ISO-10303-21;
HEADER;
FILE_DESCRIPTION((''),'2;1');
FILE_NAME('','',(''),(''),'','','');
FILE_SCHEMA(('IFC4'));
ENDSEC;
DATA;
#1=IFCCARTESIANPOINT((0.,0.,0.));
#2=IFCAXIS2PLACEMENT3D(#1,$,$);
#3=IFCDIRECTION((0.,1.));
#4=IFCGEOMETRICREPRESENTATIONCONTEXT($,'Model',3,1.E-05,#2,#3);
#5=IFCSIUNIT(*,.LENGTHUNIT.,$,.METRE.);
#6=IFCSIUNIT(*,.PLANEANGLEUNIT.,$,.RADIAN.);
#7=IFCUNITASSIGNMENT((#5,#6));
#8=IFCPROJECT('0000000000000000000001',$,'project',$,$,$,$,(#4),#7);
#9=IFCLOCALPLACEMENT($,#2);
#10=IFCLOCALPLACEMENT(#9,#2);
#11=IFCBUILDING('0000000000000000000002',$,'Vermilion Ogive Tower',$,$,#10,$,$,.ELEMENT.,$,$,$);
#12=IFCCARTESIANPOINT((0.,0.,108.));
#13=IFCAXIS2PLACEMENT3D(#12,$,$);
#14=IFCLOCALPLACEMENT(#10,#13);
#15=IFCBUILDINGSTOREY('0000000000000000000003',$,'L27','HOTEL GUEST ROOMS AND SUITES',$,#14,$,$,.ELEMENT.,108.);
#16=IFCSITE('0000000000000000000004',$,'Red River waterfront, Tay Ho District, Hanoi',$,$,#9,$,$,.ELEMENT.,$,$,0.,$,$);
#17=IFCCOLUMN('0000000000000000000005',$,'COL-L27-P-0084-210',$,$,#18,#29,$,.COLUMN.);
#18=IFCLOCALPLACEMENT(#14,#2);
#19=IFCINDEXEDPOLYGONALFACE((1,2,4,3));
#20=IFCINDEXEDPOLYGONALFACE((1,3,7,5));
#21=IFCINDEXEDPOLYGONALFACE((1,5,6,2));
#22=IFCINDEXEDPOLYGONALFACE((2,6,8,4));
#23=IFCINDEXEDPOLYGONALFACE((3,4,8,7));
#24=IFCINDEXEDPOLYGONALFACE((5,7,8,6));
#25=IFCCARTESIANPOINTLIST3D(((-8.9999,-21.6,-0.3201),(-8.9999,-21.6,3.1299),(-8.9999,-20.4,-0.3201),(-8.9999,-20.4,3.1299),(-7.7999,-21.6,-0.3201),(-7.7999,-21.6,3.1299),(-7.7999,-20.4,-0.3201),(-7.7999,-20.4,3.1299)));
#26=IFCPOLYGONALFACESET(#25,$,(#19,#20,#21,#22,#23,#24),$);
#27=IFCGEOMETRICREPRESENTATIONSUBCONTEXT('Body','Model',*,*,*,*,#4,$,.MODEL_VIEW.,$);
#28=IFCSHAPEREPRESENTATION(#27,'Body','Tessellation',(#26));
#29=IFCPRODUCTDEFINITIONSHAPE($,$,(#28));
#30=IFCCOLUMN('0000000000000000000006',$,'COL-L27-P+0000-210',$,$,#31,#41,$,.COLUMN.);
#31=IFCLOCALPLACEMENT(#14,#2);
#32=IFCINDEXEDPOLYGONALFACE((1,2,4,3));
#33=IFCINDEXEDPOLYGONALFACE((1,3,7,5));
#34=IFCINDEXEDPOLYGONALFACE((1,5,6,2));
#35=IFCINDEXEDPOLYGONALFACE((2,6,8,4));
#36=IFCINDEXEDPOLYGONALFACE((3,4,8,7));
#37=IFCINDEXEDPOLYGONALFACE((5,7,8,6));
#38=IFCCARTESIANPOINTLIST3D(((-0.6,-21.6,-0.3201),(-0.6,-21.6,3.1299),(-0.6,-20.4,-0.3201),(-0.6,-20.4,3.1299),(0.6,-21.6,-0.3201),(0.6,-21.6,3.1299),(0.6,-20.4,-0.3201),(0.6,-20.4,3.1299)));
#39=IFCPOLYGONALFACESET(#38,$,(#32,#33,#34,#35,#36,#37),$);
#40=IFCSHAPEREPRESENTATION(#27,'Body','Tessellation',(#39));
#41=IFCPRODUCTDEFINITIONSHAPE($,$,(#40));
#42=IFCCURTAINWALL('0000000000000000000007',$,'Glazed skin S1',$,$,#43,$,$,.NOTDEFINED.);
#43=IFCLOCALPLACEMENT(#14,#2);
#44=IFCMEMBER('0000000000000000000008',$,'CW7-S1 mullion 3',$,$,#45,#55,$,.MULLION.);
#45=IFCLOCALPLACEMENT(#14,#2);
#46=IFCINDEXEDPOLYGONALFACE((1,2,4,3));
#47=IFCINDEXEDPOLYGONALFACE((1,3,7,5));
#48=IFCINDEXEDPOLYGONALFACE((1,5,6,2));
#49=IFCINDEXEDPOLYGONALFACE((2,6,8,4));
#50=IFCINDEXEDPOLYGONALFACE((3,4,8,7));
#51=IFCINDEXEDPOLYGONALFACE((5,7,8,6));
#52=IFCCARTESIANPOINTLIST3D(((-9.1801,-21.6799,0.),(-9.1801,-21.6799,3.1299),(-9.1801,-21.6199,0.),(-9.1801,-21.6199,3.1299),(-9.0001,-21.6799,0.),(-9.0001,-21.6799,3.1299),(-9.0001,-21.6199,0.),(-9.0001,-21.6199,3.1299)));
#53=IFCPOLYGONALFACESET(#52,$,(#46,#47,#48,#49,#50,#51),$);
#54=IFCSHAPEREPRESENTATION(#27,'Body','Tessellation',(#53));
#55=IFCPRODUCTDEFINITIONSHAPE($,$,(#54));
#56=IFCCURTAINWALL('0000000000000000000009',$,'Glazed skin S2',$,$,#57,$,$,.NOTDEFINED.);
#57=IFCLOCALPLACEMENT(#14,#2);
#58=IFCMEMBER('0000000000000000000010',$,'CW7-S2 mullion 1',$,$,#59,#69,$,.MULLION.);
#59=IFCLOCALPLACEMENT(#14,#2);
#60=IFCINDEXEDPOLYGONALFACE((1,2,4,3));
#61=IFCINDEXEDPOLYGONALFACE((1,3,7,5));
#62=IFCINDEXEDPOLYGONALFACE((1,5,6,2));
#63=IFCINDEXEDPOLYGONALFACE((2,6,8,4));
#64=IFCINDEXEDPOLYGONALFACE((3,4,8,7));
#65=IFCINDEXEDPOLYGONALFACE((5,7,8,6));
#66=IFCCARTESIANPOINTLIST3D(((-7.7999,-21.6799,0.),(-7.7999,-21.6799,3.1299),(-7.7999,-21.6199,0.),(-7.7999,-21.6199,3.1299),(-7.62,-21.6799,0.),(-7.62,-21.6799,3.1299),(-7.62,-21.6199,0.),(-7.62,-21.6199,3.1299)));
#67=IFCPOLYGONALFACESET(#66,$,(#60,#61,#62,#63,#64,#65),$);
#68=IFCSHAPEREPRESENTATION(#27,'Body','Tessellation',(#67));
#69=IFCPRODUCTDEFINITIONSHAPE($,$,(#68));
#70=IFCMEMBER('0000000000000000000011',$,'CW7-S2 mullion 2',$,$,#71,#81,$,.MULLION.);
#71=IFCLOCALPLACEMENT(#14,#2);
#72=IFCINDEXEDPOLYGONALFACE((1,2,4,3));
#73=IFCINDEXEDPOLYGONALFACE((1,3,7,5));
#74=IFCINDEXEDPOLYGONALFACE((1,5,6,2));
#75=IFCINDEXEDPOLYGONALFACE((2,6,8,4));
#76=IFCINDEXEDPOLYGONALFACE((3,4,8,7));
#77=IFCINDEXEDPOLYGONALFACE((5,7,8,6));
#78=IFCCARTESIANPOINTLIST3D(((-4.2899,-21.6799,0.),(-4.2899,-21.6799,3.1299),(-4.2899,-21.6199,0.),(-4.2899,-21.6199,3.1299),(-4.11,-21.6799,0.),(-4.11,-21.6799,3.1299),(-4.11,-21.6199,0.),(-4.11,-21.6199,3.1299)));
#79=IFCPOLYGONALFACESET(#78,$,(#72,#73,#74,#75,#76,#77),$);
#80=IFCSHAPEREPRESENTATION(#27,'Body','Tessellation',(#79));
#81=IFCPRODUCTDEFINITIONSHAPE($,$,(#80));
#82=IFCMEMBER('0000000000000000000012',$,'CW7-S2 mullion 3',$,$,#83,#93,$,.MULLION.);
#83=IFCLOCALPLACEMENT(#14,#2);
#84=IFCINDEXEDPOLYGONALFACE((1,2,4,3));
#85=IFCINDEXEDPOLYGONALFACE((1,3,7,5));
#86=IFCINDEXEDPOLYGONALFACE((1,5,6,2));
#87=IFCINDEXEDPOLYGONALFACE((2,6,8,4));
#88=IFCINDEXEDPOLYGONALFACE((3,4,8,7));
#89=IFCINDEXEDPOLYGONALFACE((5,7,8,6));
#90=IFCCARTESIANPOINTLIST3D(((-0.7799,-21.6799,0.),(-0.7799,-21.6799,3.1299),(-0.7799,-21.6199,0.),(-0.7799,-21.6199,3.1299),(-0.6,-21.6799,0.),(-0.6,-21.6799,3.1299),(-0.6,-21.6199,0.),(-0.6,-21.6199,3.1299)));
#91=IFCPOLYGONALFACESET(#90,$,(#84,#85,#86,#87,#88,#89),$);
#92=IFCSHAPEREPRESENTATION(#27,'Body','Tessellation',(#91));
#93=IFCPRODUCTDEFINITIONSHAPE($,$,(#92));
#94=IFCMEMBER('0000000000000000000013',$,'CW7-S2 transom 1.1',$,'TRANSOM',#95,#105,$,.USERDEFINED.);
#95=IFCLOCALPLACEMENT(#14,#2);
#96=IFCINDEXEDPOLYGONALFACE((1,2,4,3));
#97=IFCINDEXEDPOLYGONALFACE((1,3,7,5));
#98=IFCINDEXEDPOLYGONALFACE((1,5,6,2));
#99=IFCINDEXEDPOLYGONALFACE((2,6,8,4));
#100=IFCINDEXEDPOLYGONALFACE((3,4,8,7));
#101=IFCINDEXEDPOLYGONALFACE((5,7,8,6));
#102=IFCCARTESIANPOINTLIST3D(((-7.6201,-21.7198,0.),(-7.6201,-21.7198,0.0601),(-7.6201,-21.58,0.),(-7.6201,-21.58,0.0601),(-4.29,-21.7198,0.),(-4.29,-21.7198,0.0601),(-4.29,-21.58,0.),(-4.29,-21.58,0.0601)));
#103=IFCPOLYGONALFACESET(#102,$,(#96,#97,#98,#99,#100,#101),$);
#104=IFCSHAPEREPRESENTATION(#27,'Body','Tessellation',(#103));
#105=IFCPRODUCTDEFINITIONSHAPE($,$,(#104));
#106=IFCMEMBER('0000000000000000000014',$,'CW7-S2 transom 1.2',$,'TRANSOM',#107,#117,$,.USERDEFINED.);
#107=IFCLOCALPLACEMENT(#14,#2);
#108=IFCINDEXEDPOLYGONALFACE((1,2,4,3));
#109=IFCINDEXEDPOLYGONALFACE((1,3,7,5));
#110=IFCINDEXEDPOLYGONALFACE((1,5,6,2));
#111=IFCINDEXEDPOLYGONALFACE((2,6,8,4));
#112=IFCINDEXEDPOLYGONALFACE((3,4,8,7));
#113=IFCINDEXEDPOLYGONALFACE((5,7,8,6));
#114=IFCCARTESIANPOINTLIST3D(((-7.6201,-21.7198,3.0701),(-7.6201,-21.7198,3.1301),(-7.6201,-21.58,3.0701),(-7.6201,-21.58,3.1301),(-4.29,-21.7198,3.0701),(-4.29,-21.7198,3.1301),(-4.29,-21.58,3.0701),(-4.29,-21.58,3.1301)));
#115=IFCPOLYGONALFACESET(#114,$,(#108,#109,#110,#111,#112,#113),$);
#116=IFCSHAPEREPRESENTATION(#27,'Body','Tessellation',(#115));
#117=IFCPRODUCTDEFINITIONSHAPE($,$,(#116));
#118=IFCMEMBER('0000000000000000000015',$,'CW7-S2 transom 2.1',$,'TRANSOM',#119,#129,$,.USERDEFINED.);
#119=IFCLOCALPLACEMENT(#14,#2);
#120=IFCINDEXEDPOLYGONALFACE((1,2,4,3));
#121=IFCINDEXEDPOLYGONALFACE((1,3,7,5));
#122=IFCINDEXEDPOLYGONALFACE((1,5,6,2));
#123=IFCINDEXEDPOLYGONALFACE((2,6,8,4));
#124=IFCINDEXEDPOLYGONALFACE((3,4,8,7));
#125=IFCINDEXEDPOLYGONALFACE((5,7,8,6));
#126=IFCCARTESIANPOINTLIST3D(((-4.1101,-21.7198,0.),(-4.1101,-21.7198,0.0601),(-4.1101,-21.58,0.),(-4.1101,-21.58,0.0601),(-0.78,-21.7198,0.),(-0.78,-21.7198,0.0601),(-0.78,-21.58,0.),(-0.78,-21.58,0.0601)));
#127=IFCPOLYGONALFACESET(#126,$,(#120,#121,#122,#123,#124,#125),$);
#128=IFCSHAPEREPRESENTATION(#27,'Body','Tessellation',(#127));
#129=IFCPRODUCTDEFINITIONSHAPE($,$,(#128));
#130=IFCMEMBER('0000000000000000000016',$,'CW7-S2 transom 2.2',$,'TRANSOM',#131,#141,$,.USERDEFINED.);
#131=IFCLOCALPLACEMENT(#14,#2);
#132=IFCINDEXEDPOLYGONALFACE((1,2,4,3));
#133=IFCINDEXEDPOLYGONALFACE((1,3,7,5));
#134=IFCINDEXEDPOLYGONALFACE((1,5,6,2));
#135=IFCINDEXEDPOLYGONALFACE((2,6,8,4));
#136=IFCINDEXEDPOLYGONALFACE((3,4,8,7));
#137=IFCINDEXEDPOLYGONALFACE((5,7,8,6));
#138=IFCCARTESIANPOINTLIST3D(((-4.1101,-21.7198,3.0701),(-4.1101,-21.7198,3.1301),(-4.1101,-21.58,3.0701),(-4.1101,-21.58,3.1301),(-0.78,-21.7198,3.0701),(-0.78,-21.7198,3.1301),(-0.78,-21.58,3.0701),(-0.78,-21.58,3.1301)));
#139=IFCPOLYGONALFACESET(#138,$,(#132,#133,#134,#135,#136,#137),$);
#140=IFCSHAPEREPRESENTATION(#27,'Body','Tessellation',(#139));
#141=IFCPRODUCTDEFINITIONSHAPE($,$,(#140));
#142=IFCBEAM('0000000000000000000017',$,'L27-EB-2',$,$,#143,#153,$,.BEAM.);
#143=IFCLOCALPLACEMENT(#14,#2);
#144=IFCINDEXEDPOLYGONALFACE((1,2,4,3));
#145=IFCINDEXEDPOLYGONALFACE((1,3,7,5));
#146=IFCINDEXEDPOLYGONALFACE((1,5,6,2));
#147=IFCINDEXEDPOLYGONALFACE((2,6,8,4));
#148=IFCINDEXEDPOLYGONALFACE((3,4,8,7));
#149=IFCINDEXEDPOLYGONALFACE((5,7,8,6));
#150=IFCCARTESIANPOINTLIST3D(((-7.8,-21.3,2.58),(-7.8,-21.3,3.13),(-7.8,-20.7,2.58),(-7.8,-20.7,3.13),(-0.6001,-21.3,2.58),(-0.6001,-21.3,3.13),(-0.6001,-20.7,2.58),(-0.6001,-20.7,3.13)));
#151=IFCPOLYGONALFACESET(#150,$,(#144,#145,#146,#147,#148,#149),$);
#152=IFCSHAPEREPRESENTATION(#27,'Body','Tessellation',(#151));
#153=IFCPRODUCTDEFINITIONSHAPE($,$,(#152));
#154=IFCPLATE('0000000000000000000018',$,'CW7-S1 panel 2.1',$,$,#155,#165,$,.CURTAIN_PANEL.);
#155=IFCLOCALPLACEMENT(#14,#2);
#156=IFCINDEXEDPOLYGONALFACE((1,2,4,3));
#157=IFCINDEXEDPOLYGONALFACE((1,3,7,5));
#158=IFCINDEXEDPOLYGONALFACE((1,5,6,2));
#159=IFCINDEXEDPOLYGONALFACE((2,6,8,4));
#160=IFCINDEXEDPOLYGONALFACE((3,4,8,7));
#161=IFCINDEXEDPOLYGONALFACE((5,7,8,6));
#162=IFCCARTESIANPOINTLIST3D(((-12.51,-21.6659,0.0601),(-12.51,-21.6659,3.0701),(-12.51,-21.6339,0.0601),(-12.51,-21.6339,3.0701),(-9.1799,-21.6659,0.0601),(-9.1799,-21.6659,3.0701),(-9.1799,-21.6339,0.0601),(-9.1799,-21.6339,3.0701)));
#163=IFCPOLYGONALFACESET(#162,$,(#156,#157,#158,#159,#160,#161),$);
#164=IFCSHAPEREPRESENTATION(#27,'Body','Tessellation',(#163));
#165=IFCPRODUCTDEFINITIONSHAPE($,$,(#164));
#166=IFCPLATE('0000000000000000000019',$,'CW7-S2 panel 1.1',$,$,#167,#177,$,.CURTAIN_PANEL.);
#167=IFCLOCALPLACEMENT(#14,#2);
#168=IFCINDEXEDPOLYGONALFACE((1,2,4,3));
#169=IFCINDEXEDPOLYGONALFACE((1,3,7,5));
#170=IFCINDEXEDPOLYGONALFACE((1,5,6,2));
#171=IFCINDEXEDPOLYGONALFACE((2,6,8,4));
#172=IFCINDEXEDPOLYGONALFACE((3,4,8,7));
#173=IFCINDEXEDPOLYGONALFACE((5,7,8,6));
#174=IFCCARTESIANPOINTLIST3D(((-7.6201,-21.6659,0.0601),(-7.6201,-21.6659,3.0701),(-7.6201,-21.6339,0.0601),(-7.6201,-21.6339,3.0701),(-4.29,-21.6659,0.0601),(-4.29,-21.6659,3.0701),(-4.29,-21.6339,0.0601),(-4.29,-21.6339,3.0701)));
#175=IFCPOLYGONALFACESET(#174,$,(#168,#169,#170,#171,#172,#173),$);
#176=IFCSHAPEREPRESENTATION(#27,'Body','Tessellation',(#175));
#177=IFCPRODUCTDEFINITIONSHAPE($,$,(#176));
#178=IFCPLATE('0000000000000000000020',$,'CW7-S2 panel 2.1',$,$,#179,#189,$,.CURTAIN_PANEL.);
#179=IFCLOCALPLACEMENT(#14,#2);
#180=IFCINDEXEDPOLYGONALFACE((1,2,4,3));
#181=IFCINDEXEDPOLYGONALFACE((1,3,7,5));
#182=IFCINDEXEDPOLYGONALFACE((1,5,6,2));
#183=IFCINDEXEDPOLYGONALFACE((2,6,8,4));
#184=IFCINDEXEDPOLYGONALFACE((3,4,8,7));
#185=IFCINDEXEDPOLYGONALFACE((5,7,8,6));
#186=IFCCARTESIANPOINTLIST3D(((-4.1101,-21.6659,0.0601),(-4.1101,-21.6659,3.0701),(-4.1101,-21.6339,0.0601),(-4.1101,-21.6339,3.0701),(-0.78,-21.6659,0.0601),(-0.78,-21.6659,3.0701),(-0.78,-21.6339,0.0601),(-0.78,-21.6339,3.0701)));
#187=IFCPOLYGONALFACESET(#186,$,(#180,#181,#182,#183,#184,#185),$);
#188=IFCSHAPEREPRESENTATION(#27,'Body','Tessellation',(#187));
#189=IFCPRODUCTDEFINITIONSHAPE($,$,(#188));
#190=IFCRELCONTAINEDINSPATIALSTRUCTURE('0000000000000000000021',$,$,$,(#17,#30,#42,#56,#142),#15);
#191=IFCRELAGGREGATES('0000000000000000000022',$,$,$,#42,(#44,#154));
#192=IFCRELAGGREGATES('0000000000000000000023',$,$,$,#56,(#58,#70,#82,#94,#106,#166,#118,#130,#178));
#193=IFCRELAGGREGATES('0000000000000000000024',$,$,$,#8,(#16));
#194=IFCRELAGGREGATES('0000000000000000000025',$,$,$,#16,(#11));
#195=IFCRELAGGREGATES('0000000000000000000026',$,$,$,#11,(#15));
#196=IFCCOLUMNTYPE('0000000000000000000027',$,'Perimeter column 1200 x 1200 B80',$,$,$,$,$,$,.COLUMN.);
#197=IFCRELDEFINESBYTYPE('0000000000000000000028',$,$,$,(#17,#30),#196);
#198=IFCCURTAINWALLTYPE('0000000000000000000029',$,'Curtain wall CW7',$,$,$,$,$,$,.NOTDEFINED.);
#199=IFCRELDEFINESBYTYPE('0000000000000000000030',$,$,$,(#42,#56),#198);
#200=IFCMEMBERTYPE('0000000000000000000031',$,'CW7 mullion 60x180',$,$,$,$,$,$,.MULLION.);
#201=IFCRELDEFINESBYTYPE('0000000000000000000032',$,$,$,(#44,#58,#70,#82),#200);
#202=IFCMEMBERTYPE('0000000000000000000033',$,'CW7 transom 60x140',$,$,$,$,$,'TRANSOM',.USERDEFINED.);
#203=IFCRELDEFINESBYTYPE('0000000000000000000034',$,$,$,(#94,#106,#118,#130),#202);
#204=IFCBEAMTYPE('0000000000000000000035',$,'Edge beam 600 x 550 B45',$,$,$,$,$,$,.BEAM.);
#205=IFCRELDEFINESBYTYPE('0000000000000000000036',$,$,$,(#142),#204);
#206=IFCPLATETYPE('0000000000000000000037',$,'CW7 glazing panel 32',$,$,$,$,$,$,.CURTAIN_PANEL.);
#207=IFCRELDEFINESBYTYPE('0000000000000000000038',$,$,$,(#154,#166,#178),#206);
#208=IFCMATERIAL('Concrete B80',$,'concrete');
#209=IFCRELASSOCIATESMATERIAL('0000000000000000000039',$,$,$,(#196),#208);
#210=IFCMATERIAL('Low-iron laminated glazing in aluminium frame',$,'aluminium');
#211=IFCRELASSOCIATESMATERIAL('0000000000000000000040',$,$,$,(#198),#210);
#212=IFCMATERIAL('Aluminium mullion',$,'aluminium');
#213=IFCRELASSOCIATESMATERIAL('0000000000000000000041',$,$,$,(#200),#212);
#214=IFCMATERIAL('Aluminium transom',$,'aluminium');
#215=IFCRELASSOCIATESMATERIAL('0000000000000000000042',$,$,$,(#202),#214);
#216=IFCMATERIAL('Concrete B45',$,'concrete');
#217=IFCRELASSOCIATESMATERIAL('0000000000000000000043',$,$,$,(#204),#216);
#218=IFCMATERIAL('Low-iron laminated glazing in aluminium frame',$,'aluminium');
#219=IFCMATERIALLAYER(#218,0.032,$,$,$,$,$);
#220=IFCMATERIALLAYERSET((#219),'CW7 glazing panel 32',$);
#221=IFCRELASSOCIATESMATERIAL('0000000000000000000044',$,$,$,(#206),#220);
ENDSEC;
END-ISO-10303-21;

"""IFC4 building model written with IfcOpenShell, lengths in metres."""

from ifc_helpers import new_model, si_unit, direction, frame, origin, origin_2d, place, context, subcontext, project, spatial, rectangle, extrude, material, layer, layer_set, material_profile, profile_set, type_object, element, aggregate, save


model = new_model("IFC4")

# Units and contexts
model_context = context("Model", 3, precision=1e-05, world=origin(), true_north=direction((0.0, 1.0)))
body_context = subcontext(model_context, "Body", "Model", "MODEL_VIEW")
ifc_project = project(units=[si_unit("LENGTHUNIT", "METRE"), si_unit("PLANEANGLEUNIT", "RADIAN")], contexts=[model_context])

# Site, building, storey
site_placement = place(None, origin())
site = spatial("IfcSite", under=ifc_project, at=site_placement, Name="Red River waterfront, Tay Ho District, Hanoi", CompositionType="ELEMENT", RefElevation=0.0)
building_placement = place(site_placement, origin())
building = spatial("IfcBuilding", under=site, at=building_placement, Name="Vermilion Ogive Tower", CompositionType="ELEMENT")
storey_placement = place(building_placement, frame((0.0, 0.0, 108.0)))
storey = spatial("IfcBuildingStorey", under=building, at=storey_placement, Name="L27", Description="HOTEL GUEST ROOMS AND SUITES", CompositionType="ELEMENT", Elevation=108.0)

# Columns
ifc_material_1 = material(Name="Concrete B80", Category="concrete")
ifc_material_profile_1 = material_profile(ifc_material_1, rectangle(XDim=1.2, YDim=1.2, at=origin_2d()), Name="1200 x 1200")
ifc_profile_set_1 = profile_set([ifc_material_profile_1], Name="Concrete B80")
column_type = type_object("IfcColumnType", Name="Perimeter column 1200 x 1200 B80", PredefinedType="COLUMN", material=ifc_profile_set_1)
for number, where, z_axis, x_axis, name in (
    (1, (-8.3999, -21.0, -0.3201), (0.0, 0.0, 1.0), (1.0, 0.0, 0.0), "COL-L27-P-0084-210"),
    (2, (0.0, -21.0, -0.3201), (0.0, 0.0, 1.0), (1.0, 0.0, 0.0), "COL-L27-P+0000-210"),
):
    element("IfcColumn", number, at=place(storey_placement, frame(where, z_axis=z_axis, x_axis=x_axis)), inside=storey, type_object=column_type, Name=name, PredefinedType="COLUMN", context=body_context, shape_type="SweptSolid", body=[
        extrude(rectangle(XDim=1.2, YDim=1.2, at=origin_2d()), origin(), (0.0, 0.0, 1.0), 3.45),
    ])

# Curtain wall, member
ifc_material_2 = material(Name="Low-iron laminated glazing in aluminium frame", Category="aluminium")
curtain_wall_type = type_object("IfcCurtainWallType", Name="Curtain wall CW7", PredefinedType="NOTDEFINED", material=ifc_material_2)
curtain_wall_1_placement = place(storey_placement, origin())
curtain_wall_1 = element("IfcCurtainWall", 3, at=curtain_wall_1_placement, inside=storey, type_object=curtain_wall_type, Name="Glazed skin S1", PredefinedType="NOTDEFINED")
ifc_material_3 = material(Name="Aluminium mullion", Category="aluminium")
ifc_material_profile_2 = material_profile(ifc_material_3, rectangle(XDim=0.0601, YDim=0.1799, at=origin_2d()), Name="AL 60x180")
ifc_profile_set_2 = profile_set([ifc_material_profile_2], Name="Aluminium mullion")
member_type_1 = type_object("IfcMemberType", Name="CW7 mullion 60x180", PredefinedType="MULLION", material=ifc_profile_set_2)
member_1_placement = place(storey_placement, frame((-9.0901, -21.6499, 0.0), z_axis=(0.0, 0.0, 1.0), x_axis=(0.0, 1.0, 0.0)))
member_1 = element("IfcMember", 4, at=member_1_placement, type_object=member_type_1, Name="CW7-S1 mullion 3", PredefinedType="MULLION", context=body_context, shape_type="SweptSolid", body=[
    extrude(rectangle(XDim=0.0601, YDim=0.1799, at=origin_2d()), origin(), (0.0, 0.0, 1.0), 3.1299),
])

# Curtain wall, members
curtain_wall_2_placement = place(storey_placement, origin())
curtain_wall_2 = element("IfcCurtainWall", 5, at=curtain_wall_2_placement, inside=storey, type_object=curtain_wall_type, Name="Glazed skin S2", PredefinedType="NOTDEFINED")
member_2_placement = place(storey_placement, frame((-7.71, -21.6499, 0.0), z_axis=(0.0, 0.0, 1.0), x_axis=(0.0, 1.0, 0.0)))
member_2 = element("IfcMember", 6, at=member_2_placement, type_object=member_type_1, Name="CW7-S2 mullion 1", PredefinedType="MULLION", context=body_context, shape_type="SweptSolid", body=[
    extrude(rectangle(XDim=0.0601, YDim=0.1799, at=origin_2d()), origin(), (0.0, 0.0, 1.0), 3.1299),
])
member_3_placement = place(storey_placement, frame((-4.2, -21.6499, 0.0), z_axis=(0.0, 0.0, 1.0), x_axis=(0.0, 1.0, 0.0)))
member_3 = element("IfcMember", 7, at=member_3_placement, type_object=member_type_1, Name="CW7-S2 mullion 2", PredefinedType="MULLION", context=body_context, shape_type="SweptSolid", body=[
    extrude(rectangle(XDim=0.0601, YDim=0.1799, at=origin_2d()), origin(), (0.0, 0.0, 1.0), 3.1299),
])
member_4_placement = place(storey_placement, frame((-0.6899, -21.6499, 0.0), z_axis=(0.0, 0.0, 1.0), x_axis=(0.0, 1.0, 0.0)))
member_4 = element("IfcMember", 8, at=member_4_placement, type_object=member_type_1, Name="CW7-S2 mullion 3", PredefinedType="MULLION", context=body_context, shape_type="SweptSolid", body=[
    extrude(rectangle(XDim=0.0601, YDim=0.1799, at=origin_2d()), origin(), (0.0, 0.0, 1.0), 3.1299),
])
ifc_material_4 = material(Name="Aluminium transom", Category="aluminium")
ifc_material_profile_3 = material_profile(ifc_material_4, rectangle(XDim=0.1399, YDim=0.0601, at=origin_2d()), Name="AL 60x140")
ifc_profile_set_3 = profile_set([ifc_material_profile_3], Name="Aluminium transom")
member_type_2 = type_object("IfcMemberType", Name="CW7 transom 60x140", ElementType="TRANSOM", PredefinedType="USERDEFINED", material=ifc_profile_set_3)
member_5_placement = place(storey_placement, frame((-7.6201, -21.6499, 0.03), z_axis=(1.0, 0.0, 0.0), x_axis=(0.0, 1.0, 0.0)))
member_5 = element("IfcMember", 9, at=member_5_placement, type_object=member_type_2, Name="CW7-S2 transom 1.1", ObjectType="TRANSOM", PredefinedType="USERDEFINED", context=body_context, shape_type="SweptSolid", body=[
    extrude(rectangle(XDim=0.1399, YDim=0.0601, at=origin_2d()), origin(), (0.0, 0.0, 1.0), 3.3301),
])
member_6_placement = place(storey_placement, frame((-7.6201, -21.6499, 3.1001), z_axis=(1.0, 0.0, 0.0), x_axis=(0.0, 1.0, 0.0)))
member_6 = element("IfcMember", 10, at=member_6_placement, type_object=member_type_2, Name="CW7-S2 transom 1.2", ObjectType="TRANSOM", PredefinedType="USERDEFINED", context=body_context, shape_type="SweptSolid", body=[
    extrude(rectangle(XDim=0.1399, YDim=0.0601, at=origin_2d()), origin(), (0.0, 0.0, 1.0), 3.3301),
])
member_7_placement = place(storey_placement, frame((-4.1101, -21.6499, 0.03), z_axis=(1.0, 0.0, 0.0), x_axis=(0.0, 1.0, 0.0)))
member_7 = element("IfcMember", 11, at=member_7_placement, type_object=member_type_2, Name="CW7-S2 transom 2.1", ObjectType="TRANSOM", PredefinedType="USERDEFINED", context=body_context, shape_type="SweptSolid", body=[
    extrude(rectangle(XDim=0.1399, YDim=0.0601, at=origin_2d()), origin(), (0.0, 0.0, 1.0), 3.3301),
])
member_8_placement = place(storey_placement, frame((-4.1101, -21.6499, 3.1001), z_axis=(1.0, 0.0, 0.0), x_axis=(0.0, 1.0, 0.0)))
member_8 = element("IfcMember", 12, at=member_8_placement, type_object=member_type_2, Name="CW7-S2 transom 2.2", ObjectType="TRANSOM", PredefinedType="USERDEFINED", context=body_context, shape_type="SweptSolid", body=[
    extrude(rectangle(XDim=0.1399, YDim=0.0601, at=origin_2d()), origin(), (0.0, 0.0, 1.0), 3.3301),
])

# Beam
ifc_material_5 = material(Name="Concrete B45", Category="concrete")
ifc_material_profile_4 = material_profile(ifc_material_5, rectangle(XDim=0.6001, YDim=0.55, at=origin_2d()), Name="600 x 550")
ifc_profile_set_4 = profile_set([ifc_material_profile_4], Name="Concrete B45")
beam_type = type_object("IfcBeamType", Name="Edge beam 600 x 550 B45", PredefinedType="BEAM", material=ifc_profile_set_4)
beam_placement = place(storey_placement, frame((-7.8, -21.0, 2.855), z_axis=(1.0, 0.0, 0.0), x_axis=(0.0, 1.0, 0.0)))
element("IfcBeam", 13, at=beam_placement, inside=storey, type_object=beam_type, Name="L27-EB-2", PredefinedType="BEAM", context=body_context, shape_type="SweptSolid", body=[
    extrude(rectangle(XDim=0.6001, YDim=0.55, at=origin_2d()), origin(), (0.0, 0.0, 1.0), 7.2),
])

# Plates
ifc_material_6 = material(Name="Low-iron laminated glazing in aluminium frame", Category="aluminium")
ifc_layer_1 = layer(ifc_material_6, 0.032)
ifc_layer_set_1 = layer_set([ifc_layer_1], Name="CW7 glazing panel 32")
plate_type = type_object("IfcPlateType", Name="CW7 glazing panel 32", PredefinedType="CURTAIN_PANEL", material=ifc_layer_set_1)
plate_1_placement = place(storey_placement, frame((-10.845, -21.6499, 0.0601), z_axis=(0.0, 0.0, 1.0), x_axis=(1.0, 0.0, 0.0)))
plate_1 = element("IfcPlate", 14, at=plate_1_placement, type_object=plate_type, Name="CW7-S1 panel 2.1", PredefinedType="CURTAIN_PANEL", context=body_context, shape_type="SweptSolid", body=[
    extrude(rectangle(XDim=3.3301, YDim=0.032, at=origin_2d()), origin(), (0.0, 0.0, 1.0), 3.01),
])
aggregate(curtain_wall_1, [member_1, plate_1])
plate_2_placement = place(storey_placement, frame((-5.9551, -21.6499, 0.0601), z_axis=(0.0, 0.0, 1.0), x_axis=(1.0, 0.0, 0.0)))
plate_2 = element("IfcPlate", 15, at=plate_2_placement, type_object=plate_type, Name="CW7-S2 panel 1.1", PredefinedType="CURTAIN_PANEL", context=body_context, shape_type="SweptSolid", body=[
    extrude(rectangle(XDim=3.3301, YDim=0.032, at=origin_2d()), origin(), (0.0, 0.0, 1.0), 3.01),
])
plate_3_placement = place(storey_placement, frame((-2.4451, -21.6499, 0.0601), z_axis=(0.0, 0.0, 1.0), x_axis=(1.0, 0.0, 0.0)))
plate_3 = element("IfcPlate", 16, at=plate_3_placement, type_object=plate_type, Name="CW7-S2 panel 2.1", PredefinedType="CURTAIN_PANEL", context=body_context, shape_type="SweptSolid", body=[
    extrude(rectangle(XDim=3.3301, YDim=0.032, at=origin_2d()), origin(), (0.0, 0.0, 1.0), 3.01),
])
aggregate(curtain_wall_2, [member_2, member_3, member_4, member_5, member_6, plate_2, member_7, member_8, plate_3])

save(model, "model.ifc")
